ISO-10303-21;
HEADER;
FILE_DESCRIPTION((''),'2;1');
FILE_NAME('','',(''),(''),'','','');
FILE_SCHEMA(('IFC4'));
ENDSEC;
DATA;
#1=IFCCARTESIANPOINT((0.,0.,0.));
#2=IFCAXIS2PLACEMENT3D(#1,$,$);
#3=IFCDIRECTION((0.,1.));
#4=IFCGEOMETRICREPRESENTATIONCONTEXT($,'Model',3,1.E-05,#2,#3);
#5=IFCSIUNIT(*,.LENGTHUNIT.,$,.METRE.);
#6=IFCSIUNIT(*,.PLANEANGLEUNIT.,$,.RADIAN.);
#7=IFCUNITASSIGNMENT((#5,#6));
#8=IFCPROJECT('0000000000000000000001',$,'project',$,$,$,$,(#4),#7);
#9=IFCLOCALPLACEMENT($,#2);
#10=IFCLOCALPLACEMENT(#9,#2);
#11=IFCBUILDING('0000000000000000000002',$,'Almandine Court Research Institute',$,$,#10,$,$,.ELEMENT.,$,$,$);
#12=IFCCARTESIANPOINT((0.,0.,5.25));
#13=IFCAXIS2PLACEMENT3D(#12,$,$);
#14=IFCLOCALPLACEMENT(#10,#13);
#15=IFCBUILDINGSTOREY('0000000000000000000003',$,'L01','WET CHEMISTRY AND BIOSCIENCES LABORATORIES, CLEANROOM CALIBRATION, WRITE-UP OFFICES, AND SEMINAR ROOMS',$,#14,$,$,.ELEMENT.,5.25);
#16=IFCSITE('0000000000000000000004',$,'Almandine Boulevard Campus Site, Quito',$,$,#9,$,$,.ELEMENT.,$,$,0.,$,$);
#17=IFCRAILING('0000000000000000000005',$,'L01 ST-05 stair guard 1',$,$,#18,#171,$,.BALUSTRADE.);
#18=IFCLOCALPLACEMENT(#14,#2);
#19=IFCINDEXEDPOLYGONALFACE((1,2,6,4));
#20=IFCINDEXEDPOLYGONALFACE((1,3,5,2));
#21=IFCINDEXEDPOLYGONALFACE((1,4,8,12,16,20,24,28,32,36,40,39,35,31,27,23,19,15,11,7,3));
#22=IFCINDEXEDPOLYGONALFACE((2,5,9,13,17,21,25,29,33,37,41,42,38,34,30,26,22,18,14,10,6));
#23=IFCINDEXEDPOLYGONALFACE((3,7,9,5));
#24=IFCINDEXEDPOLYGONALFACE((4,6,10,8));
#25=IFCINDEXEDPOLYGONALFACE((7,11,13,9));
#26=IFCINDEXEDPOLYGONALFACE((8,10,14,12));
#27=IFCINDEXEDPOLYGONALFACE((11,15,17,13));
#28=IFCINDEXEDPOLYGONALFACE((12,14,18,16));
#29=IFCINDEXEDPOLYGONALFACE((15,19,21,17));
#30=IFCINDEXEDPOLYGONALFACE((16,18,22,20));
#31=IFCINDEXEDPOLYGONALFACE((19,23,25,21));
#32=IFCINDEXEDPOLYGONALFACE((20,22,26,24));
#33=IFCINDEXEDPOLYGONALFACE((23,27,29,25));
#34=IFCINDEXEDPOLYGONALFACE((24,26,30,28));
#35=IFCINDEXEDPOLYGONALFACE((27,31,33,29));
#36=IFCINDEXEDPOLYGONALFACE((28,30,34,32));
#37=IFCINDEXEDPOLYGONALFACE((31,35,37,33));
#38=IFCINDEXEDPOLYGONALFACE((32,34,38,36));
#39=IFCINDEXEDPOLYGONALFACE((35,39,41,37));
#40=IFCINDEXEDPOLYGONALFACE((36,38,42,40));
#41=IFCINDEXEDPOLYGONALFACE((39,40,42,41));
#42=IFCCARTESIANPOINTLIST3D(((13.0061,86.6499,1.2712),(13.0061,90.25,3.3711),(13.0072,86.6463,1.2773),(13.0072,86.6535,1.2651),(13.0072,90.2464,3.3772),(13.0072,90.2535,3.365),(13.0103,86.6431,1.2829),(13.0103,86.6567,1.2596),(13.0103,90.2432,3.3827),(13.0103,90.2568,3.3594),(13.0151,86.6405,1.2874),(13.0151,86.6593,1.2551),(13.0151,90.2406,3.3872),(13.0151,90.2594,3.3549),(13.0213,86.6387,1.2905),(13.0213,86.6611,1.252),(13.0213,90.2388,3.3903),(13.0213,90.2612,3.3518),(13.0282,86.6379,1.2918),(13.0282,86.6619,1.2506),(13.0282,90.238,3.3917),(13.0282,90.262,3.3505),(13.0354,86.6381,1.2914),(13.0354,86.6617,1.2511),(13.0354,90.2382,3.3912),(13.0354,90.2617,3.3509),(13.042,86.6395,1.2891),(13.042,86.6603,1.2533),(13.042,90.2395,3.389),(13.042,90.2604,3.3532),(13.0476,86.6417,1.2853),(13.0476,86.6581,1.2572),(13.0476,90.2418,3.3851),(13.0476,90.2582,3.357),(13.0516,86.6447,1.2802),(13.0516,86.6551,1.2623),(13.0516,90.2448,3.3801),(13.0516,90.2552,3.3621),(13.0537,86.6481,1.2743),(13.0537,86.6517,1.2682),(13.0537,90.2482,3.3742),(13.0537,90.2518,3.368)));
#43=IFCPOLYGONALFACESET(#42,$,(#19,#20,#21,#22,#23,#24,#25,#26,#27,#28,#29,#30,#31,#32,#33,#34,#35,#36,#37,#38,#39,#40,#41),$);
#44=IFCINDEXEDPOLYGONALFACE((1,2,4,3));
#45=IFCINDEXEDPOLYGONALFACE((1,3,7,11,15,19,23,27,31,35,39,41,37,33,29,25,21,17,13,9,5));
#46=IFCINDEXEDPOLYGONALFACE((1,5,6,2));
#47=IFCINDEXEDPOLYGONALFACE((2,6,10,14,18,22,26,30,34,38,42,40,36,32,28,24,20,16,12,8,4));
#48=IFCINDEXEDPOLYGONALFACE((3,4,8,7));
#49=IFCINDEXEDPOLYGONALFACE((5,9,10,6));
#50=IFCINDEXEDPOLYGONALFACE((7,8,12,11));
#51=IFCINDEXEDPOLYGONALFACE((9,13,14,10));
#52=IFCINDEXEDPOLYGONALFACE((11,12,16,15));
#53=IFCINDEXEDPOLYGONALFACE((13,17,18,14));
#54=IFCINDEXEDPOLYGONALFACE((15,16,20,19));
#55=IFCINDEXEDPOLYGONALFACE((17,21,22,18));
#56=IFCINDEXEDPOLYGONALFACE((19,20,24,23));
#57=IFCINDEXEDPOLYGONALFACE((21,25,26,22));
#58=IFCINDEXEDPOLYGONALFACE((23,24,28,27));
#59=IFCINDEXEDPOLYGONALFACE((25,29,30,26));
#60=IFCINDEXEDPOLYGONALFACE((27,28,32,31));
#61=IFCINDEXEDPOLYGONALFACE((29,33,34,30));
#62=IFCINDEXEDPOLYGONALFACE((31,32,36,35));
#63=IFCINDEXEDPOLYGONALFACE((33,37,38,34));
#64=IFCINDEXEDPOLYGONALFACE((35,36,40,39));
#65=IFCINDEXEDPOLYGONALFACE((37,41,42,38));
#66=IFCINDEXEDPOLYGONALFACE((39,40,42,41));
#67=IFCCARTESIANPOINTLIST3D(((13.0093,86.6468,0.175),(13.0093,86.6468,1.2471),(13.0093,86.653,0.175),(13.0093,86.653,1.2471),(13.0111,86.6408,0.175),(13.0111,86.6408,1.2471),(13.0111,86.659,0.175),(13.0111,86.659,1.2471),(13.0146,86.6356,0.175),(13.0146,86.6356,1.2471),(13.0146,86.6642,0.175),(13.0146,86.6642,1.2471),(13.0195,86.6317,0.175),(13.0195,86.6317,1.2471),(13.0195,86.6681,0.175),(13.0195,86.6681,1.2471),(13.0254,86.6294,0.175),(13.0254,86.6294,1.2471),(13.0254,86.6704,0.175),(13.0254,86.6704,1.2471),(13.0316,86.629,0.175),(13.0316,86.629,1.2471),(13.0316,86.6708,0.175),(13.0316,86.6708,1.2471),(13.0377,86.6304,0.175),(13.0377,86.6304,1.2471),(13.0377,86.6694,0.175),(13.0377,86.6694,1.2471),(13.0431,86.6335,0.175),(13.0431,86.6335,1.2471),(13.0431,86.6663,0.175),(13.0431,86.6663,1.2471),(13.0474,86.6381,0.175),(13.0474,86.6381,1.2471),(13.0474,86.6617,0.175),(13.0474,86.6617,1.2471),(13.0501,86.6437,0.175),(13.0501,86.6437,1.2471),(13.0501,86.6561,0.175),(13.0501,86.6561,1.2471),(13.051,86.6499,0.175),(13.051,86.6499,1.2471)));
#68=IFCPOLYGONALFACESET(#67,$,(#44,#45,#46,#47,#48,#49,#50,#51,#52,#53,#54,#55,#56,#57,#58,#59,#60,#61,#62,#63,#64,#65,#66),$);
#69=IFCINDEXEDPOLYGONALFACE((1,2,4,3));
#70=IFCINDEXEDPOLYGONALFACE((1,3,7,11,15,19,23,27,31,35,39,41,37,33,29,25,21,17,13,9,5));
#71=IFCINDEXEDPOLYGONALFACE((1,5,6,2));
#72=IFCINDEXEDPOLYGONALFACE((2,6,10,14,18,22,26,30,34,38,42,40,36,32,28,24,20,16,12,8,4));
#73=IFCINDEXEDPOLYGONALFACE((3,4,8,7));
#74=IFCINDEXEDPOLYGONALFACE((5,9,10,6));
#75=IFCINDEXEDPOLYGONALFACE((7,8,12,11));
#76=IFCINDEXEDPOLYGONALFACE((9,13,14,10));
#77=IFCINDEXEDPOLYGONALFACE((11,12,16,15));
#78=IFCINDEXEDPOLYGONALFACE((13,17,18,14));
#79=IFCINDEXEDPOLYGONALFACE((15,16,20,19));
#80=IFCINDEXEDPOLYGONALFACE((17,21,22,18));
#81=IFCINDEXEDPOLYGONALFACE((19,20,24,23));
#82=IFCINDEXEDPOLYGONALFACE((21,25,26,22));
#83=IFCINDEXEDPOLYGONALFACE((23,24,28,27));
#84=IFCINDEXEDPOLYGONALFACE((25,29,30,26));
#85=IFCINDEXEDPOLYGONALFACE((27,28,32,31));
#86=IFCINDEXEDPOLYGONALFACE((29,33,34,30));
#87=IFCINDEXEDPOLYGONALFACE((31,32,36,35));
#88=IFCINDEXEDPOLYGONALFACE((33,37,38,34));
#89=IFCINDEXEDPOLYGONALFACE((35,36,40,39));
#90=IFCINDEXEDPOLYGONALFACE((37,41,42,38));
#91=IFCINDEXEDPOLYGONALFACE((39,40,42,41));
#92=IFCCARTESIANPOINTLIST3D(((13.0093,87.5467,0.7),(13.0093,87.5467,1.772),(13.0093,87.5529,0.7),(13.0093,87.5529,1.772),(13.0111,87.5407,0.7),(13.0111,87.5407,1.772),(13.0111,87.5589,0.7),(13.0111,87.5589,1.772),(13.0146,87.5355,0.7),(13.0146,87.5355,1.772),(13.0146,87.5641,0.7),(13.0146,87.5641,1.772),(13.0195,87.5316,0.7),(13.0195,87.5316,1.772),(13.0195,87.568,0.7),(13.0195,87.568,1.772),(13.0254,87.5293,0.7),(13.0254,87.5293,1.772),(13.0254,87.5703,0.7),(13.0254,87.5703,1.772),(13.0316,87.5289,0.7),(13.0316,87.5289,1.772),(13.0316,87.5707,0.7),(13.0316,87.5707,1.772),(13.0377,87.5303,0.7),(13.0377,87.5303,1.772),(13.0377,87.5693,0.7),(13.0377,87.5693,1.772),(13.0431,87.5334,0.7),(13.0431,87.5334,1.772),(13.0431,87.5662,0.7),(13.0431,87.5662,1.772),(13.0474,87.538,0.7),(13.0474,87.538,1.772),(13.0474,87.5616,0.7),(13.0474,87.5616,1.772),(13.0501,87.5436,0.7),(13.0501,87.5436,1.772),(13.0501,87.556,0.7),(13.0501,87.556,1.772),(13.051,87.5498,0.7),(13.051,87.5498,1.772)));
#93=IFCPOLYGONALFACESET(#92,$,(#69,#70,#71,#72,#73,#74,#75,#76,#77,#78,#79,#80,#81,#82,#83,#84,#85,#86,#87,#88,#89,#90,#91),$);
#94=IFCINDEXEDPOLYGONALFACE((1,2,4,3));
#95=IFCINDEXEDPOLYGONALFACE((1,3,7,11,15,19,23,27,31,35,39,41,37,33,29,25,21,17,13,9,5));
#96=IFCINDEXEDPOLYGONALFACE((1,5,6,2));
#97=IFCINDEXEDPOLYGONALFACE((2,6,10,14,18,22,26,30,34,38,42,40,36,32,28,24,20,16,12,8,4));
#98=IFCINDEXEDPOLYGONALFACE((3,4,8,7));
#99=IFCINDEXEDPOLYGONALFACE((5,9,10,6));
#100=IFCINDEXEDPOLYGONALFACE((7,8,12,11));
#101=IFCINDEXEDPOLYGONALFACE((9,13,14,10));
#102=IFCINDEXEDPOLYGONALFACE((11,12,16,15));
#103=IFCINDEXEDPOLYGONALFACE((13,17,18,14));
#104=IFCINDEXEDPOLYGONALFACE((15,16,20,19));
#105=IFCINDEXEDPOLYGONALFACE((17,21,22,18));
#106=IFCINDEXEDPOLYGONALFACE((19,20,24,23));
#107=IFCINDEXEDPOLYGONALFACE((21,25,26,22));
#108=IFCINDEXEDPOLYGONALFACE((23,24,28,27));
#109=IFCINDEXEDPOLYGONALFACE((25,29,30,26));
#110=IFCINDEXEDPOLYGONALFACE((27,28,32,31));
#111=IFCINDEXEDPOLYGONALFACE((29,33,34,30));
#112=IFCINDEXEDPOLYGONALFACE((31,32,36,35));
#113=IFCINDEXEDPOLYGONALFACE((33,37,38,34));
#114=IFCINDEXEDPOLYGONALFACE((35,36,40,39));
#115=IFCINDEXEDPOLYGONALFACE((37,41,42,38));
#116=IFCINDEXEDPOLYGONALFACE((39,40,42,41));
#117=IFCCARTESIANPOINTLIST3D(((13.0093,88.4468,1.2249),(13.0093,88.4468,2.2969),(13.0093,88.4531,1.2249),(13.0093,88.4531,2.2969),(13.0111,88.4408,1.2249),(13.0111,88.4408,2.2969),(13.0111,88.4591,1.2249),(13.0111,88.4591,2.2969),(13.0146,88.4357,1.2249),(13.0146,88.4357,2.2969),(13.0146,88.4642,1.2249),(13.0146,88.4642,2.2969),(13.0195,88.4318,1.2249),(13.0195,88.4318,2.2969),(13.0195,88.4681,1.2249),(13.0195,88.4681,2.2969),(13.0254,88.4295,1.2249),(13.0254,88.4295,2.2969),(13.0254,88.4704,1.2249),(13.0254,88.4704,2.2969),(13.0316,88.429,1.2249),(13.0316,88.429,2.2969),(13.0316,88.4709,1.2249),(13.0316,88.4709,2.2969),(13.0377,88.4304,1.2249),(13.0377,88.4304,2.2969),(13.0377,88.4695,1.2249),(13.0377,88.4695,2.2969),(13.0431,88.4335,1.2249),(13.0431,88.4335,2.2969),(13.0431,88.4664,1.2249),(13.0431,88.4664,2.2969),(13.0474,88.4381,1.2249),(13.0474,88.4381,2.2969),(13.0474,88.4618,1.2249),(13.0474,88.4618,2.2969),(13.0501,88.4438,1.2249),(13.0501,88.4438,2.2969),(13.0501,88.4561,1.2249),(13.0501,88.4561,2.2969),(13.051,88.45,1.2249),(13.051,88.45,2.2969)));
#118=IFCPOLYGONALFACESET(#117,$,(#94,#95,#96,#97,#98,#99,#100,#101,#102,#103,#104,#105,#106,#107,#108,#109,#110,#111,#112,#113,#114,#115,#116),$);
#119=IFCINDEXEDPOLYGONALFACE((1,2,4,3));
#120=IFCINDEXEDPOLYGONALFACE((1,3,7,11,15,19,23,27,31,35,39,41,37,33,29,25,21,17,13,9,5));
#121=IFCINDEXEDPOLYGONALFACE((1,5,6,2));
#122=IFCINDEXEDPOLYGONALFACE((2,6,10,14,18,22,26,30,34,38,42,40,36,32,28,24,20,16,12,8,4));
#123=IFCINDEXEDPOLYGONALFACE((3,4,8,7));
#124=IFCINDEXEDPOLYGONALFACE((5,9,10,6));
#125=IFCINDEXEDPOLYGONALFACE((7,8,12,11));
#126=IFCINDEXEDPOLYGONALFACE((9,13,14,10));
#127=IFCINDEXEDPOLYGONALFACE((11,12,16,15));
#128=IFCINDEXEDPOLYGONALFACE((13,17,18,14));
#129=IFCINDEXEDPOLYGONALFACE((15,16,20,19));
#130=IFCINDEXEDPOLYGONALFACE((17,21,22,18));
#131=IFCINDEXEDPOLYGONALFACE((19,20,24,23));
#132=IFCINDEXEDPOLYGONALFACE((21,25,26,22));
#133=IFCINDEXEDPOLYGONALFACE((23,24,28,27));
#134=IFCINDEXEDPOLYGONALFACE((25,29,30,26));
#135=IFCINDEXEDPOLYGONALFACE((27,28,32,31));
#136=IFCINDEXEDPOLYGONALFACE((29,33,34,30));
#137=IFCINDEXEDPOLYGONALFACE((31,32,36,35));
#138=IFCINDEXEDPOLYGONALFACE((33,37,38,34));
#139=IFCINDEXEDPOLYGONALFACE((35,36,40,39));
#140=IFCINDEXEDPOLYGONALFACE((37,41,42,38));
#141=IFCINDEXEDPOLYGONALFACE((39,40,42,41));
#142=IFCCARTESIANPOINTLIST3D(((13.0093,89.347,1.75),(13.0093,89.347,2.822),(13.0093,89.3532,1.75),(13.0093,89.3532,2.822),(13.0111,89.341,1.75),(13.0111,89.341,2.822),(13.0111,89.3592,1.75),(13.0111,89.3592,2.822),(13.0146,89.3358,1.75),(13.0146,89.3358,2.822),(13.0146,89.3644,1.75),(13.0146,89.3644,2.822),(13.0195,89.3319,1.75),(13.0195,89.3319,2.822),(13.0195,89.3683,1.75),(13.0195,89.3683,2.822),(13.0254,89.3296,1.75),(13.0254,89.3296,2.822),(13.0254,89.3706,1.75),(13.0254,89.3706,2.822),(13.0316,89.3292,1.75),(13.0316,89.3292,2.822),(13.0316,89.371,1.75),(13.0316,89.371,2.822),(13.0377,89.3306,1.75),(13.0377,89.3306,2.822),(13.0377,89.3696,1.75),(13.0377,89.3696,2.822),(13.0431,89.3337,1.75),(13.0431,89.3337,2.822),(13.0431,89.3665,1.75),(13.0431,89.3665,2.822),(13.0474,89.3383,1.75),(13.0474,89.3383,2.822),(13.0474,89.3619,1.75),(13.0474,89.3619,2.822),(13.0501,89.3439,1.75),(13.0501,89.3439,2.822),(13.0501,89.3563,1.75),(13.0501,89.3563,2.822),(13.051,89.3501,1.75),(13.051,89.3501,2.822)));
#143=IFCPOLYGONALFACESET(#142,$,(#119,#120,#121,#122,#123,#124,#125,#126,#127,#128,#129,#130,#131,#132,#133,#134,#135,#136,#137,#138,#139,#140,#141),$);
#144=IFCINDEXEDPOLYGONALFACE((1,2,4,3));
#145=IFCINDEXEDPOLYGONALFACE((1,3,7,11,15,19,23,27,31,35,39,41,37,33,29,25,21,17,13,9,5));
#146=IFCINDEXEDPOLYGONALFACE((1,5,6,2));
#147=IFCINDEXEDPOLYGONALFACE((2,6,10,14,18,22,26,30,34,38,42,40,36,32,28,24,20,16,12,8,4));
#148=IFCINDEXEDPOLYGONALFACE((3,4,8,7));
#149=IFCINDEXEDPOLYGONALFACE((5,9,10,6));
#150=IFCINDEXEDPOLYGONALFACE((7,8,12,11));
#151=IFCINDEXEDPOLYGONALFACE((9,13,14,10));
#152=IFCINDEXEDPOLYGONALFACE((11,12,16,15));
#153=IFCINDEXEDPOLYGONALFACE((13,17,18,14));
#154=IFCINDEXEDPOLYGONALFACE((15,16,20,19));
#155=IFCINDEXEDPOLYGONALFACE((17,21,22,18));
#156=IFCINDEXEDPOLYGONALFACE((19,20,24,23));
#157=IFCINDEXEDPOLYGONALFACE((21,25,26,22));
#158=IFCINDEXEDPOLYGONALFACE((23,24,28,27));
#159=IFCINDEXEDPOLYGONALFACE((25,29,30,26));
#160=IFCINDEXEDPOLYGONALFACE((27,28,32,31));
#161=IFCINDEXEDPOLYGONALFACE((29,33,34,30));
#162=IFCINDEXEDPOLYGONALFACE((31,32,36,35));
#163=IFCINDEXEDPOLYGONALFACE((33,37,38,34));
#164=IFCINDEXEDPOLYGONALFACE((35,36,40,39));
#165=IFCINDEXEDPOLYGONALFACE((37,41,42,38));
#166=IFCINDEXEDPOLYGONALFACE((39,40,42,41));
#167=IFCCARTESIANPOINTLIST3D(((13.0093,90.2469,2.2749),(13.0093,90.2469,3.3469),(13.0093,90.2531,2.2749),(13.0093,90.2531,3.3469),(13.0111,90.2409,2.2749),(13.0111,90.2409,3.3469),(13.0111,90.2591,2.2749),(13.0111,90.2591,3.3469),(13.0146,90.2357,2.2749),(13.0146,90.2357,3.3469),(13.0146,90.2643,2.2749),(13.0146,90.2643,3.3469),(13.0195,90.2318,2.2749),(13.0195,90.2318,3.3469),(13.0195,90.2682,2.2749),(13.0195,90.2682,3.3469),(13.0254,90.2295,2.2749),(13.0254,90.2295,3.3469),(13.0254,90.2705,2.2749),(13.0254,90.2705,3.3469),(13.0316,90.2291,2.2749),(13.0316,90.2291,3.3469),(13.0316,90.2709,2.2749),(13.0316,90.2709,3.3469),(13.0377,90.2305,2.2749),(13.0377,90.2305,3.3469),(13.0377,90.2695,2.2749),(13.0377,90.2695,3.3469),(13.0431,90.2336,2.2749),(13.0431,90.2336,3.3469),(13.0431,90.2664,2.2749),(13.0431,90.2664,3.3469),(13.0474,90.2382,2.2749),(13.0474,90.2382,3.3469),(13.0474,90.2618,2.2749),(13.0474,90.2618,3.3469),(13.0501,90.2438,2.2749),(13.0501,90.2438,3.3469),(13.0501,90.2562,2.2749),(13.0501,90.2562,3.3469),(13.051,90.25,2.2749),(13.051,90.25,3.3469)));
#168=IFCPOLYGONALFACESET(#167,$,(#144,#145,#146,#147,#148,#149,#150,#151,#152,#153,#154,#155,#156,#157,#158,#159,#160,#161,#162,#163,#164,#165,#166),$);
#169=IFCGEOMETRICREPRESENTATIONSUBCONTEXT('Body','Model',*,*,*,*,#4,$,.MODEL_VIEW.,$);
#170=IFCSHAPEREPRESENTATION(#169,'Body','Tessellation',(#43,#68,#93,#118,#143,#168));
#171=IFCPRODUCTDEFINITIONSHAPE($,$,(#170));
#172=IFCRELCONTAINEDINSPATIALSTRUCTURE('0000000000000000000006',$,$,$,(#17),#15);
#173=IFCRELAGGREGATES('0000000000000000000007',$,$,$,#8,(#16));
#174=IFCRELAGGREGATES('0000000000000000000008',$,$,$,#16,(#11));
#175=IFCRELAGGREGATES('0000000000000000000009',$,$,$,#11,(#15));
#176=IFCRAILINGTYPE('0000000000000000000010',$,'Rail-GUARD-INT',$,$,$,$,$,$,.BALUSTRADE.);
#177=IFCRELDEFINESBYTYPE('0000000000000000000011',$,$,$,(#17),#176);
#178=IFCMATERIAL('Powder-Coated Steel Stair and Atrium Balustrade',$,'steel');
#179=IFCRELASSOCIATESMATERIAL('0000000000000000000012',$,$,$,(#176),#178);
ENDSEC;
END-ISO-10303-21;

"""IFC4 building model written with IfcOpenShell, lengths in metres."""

from ifc_helpers import new_model, si_unit, direction, frame, origin, origin_2d, place, context, subcontext, project, spatial, circle, extrude, material, type_object, element, save


model = new_model("IFC4")

# Units and contexts
model_context = context("Model", 3, precision=1e-05, world=origin(), true_north=direction((0.0, 1.0)))
body_context = subcontext(model_context, "Body", "Model", "MODEL_VIEW")
ifc_project = project(units=[si_unit("LENGTHUNIT", "METRE"), si_unit("PLANEANGLEUNIT", "RADIAN")], contexts=[model_context])

# Site, building, storey
site_placement = place(None, origin())
site = spatial("IfcSite", under=ifc_project, at=site_placement, Name="Almandine Boulevard Campus Site, Quito", CompositionType="ELEMENT", RefElevation=0.0)
building_placement = place(site_placement, origin())
building = spatial("IfcBuilding", under=site, at=building_placement, Name="Almandine Court Research Institute", CompositionType="ELEMENT")
storey_placement = place(building_placement, frame((0.0, 0.0, 5.25)))
storey = spatial("IfcBuildingStorey", under=building, at=storey_placement, Name="L01", Description="WET CHEMISTRY AND BIOSCIENCES LABORATORIES, CLEANROOM CALIBRATION, WRITE-UP OFFICES, AND SEMINAR ROOMS", CompositionType="ELEMENT", Elevation=5.25)

# Railing
ifc_material_1 = material(Name="Powder-Coated Steel Stair and Atrium Balustrade", Category="steel")
railing_type_1 = type_object("IfcRailingType", Name="Rail-GUARD-INT", PredefinedType="BALUSTRADE", material=ifc_material_1)
railing_1_placement = place(storey_placement, frame((13.03, 86.6499, 0.175)))
element("IfcRailing", 1, at=railing_1_placement, inside=storey, type_object=railing_type_1, Name="L01 ST-05 stair guard 1", PredefinedType="BALUSTRADE", context=body_context, shape_type="SweptSolid", body=[
    extrude(circle(Radius=0.0239, at=origin_2d()), frame((0.0, 0.0, 1.0962), z_axis=(0.0, 0.8638, 0.503835), x_axis=(-1.0, 0.0, 0.0)), (0.0, 0.0, 1.0), 4.1677),
    extrude(circle(Radius=0.021, at=origin_2d()), origin(), (0.0, 0.0, 1.0), 1.072),
    extrude(circle(Radius=0.021, at=origin_2d()), frame((0.0, 0.8999, 0.5249)), (0.0, 0.0, 1.0), 1.072),
    extrude(circle(Radius=0.021, at=origin_2d()), frame((0.0, 1.8, 1.0498)), (0.0, 0.0, 1.0), 1.072),
    extrude(circle(Radius=0.021, at=origin_2d()), frame((0.0, 2.7002, 1.575)), (0.0, 0.0, 1.0), 1.072),
    extrude(circle(Radius=0.021, at=origin_2d()), frame((0.0, 3.6001, 2.0999)), (0.0, 0.0, 1.0), 1.072),
])

save(model, "model.ifc")
